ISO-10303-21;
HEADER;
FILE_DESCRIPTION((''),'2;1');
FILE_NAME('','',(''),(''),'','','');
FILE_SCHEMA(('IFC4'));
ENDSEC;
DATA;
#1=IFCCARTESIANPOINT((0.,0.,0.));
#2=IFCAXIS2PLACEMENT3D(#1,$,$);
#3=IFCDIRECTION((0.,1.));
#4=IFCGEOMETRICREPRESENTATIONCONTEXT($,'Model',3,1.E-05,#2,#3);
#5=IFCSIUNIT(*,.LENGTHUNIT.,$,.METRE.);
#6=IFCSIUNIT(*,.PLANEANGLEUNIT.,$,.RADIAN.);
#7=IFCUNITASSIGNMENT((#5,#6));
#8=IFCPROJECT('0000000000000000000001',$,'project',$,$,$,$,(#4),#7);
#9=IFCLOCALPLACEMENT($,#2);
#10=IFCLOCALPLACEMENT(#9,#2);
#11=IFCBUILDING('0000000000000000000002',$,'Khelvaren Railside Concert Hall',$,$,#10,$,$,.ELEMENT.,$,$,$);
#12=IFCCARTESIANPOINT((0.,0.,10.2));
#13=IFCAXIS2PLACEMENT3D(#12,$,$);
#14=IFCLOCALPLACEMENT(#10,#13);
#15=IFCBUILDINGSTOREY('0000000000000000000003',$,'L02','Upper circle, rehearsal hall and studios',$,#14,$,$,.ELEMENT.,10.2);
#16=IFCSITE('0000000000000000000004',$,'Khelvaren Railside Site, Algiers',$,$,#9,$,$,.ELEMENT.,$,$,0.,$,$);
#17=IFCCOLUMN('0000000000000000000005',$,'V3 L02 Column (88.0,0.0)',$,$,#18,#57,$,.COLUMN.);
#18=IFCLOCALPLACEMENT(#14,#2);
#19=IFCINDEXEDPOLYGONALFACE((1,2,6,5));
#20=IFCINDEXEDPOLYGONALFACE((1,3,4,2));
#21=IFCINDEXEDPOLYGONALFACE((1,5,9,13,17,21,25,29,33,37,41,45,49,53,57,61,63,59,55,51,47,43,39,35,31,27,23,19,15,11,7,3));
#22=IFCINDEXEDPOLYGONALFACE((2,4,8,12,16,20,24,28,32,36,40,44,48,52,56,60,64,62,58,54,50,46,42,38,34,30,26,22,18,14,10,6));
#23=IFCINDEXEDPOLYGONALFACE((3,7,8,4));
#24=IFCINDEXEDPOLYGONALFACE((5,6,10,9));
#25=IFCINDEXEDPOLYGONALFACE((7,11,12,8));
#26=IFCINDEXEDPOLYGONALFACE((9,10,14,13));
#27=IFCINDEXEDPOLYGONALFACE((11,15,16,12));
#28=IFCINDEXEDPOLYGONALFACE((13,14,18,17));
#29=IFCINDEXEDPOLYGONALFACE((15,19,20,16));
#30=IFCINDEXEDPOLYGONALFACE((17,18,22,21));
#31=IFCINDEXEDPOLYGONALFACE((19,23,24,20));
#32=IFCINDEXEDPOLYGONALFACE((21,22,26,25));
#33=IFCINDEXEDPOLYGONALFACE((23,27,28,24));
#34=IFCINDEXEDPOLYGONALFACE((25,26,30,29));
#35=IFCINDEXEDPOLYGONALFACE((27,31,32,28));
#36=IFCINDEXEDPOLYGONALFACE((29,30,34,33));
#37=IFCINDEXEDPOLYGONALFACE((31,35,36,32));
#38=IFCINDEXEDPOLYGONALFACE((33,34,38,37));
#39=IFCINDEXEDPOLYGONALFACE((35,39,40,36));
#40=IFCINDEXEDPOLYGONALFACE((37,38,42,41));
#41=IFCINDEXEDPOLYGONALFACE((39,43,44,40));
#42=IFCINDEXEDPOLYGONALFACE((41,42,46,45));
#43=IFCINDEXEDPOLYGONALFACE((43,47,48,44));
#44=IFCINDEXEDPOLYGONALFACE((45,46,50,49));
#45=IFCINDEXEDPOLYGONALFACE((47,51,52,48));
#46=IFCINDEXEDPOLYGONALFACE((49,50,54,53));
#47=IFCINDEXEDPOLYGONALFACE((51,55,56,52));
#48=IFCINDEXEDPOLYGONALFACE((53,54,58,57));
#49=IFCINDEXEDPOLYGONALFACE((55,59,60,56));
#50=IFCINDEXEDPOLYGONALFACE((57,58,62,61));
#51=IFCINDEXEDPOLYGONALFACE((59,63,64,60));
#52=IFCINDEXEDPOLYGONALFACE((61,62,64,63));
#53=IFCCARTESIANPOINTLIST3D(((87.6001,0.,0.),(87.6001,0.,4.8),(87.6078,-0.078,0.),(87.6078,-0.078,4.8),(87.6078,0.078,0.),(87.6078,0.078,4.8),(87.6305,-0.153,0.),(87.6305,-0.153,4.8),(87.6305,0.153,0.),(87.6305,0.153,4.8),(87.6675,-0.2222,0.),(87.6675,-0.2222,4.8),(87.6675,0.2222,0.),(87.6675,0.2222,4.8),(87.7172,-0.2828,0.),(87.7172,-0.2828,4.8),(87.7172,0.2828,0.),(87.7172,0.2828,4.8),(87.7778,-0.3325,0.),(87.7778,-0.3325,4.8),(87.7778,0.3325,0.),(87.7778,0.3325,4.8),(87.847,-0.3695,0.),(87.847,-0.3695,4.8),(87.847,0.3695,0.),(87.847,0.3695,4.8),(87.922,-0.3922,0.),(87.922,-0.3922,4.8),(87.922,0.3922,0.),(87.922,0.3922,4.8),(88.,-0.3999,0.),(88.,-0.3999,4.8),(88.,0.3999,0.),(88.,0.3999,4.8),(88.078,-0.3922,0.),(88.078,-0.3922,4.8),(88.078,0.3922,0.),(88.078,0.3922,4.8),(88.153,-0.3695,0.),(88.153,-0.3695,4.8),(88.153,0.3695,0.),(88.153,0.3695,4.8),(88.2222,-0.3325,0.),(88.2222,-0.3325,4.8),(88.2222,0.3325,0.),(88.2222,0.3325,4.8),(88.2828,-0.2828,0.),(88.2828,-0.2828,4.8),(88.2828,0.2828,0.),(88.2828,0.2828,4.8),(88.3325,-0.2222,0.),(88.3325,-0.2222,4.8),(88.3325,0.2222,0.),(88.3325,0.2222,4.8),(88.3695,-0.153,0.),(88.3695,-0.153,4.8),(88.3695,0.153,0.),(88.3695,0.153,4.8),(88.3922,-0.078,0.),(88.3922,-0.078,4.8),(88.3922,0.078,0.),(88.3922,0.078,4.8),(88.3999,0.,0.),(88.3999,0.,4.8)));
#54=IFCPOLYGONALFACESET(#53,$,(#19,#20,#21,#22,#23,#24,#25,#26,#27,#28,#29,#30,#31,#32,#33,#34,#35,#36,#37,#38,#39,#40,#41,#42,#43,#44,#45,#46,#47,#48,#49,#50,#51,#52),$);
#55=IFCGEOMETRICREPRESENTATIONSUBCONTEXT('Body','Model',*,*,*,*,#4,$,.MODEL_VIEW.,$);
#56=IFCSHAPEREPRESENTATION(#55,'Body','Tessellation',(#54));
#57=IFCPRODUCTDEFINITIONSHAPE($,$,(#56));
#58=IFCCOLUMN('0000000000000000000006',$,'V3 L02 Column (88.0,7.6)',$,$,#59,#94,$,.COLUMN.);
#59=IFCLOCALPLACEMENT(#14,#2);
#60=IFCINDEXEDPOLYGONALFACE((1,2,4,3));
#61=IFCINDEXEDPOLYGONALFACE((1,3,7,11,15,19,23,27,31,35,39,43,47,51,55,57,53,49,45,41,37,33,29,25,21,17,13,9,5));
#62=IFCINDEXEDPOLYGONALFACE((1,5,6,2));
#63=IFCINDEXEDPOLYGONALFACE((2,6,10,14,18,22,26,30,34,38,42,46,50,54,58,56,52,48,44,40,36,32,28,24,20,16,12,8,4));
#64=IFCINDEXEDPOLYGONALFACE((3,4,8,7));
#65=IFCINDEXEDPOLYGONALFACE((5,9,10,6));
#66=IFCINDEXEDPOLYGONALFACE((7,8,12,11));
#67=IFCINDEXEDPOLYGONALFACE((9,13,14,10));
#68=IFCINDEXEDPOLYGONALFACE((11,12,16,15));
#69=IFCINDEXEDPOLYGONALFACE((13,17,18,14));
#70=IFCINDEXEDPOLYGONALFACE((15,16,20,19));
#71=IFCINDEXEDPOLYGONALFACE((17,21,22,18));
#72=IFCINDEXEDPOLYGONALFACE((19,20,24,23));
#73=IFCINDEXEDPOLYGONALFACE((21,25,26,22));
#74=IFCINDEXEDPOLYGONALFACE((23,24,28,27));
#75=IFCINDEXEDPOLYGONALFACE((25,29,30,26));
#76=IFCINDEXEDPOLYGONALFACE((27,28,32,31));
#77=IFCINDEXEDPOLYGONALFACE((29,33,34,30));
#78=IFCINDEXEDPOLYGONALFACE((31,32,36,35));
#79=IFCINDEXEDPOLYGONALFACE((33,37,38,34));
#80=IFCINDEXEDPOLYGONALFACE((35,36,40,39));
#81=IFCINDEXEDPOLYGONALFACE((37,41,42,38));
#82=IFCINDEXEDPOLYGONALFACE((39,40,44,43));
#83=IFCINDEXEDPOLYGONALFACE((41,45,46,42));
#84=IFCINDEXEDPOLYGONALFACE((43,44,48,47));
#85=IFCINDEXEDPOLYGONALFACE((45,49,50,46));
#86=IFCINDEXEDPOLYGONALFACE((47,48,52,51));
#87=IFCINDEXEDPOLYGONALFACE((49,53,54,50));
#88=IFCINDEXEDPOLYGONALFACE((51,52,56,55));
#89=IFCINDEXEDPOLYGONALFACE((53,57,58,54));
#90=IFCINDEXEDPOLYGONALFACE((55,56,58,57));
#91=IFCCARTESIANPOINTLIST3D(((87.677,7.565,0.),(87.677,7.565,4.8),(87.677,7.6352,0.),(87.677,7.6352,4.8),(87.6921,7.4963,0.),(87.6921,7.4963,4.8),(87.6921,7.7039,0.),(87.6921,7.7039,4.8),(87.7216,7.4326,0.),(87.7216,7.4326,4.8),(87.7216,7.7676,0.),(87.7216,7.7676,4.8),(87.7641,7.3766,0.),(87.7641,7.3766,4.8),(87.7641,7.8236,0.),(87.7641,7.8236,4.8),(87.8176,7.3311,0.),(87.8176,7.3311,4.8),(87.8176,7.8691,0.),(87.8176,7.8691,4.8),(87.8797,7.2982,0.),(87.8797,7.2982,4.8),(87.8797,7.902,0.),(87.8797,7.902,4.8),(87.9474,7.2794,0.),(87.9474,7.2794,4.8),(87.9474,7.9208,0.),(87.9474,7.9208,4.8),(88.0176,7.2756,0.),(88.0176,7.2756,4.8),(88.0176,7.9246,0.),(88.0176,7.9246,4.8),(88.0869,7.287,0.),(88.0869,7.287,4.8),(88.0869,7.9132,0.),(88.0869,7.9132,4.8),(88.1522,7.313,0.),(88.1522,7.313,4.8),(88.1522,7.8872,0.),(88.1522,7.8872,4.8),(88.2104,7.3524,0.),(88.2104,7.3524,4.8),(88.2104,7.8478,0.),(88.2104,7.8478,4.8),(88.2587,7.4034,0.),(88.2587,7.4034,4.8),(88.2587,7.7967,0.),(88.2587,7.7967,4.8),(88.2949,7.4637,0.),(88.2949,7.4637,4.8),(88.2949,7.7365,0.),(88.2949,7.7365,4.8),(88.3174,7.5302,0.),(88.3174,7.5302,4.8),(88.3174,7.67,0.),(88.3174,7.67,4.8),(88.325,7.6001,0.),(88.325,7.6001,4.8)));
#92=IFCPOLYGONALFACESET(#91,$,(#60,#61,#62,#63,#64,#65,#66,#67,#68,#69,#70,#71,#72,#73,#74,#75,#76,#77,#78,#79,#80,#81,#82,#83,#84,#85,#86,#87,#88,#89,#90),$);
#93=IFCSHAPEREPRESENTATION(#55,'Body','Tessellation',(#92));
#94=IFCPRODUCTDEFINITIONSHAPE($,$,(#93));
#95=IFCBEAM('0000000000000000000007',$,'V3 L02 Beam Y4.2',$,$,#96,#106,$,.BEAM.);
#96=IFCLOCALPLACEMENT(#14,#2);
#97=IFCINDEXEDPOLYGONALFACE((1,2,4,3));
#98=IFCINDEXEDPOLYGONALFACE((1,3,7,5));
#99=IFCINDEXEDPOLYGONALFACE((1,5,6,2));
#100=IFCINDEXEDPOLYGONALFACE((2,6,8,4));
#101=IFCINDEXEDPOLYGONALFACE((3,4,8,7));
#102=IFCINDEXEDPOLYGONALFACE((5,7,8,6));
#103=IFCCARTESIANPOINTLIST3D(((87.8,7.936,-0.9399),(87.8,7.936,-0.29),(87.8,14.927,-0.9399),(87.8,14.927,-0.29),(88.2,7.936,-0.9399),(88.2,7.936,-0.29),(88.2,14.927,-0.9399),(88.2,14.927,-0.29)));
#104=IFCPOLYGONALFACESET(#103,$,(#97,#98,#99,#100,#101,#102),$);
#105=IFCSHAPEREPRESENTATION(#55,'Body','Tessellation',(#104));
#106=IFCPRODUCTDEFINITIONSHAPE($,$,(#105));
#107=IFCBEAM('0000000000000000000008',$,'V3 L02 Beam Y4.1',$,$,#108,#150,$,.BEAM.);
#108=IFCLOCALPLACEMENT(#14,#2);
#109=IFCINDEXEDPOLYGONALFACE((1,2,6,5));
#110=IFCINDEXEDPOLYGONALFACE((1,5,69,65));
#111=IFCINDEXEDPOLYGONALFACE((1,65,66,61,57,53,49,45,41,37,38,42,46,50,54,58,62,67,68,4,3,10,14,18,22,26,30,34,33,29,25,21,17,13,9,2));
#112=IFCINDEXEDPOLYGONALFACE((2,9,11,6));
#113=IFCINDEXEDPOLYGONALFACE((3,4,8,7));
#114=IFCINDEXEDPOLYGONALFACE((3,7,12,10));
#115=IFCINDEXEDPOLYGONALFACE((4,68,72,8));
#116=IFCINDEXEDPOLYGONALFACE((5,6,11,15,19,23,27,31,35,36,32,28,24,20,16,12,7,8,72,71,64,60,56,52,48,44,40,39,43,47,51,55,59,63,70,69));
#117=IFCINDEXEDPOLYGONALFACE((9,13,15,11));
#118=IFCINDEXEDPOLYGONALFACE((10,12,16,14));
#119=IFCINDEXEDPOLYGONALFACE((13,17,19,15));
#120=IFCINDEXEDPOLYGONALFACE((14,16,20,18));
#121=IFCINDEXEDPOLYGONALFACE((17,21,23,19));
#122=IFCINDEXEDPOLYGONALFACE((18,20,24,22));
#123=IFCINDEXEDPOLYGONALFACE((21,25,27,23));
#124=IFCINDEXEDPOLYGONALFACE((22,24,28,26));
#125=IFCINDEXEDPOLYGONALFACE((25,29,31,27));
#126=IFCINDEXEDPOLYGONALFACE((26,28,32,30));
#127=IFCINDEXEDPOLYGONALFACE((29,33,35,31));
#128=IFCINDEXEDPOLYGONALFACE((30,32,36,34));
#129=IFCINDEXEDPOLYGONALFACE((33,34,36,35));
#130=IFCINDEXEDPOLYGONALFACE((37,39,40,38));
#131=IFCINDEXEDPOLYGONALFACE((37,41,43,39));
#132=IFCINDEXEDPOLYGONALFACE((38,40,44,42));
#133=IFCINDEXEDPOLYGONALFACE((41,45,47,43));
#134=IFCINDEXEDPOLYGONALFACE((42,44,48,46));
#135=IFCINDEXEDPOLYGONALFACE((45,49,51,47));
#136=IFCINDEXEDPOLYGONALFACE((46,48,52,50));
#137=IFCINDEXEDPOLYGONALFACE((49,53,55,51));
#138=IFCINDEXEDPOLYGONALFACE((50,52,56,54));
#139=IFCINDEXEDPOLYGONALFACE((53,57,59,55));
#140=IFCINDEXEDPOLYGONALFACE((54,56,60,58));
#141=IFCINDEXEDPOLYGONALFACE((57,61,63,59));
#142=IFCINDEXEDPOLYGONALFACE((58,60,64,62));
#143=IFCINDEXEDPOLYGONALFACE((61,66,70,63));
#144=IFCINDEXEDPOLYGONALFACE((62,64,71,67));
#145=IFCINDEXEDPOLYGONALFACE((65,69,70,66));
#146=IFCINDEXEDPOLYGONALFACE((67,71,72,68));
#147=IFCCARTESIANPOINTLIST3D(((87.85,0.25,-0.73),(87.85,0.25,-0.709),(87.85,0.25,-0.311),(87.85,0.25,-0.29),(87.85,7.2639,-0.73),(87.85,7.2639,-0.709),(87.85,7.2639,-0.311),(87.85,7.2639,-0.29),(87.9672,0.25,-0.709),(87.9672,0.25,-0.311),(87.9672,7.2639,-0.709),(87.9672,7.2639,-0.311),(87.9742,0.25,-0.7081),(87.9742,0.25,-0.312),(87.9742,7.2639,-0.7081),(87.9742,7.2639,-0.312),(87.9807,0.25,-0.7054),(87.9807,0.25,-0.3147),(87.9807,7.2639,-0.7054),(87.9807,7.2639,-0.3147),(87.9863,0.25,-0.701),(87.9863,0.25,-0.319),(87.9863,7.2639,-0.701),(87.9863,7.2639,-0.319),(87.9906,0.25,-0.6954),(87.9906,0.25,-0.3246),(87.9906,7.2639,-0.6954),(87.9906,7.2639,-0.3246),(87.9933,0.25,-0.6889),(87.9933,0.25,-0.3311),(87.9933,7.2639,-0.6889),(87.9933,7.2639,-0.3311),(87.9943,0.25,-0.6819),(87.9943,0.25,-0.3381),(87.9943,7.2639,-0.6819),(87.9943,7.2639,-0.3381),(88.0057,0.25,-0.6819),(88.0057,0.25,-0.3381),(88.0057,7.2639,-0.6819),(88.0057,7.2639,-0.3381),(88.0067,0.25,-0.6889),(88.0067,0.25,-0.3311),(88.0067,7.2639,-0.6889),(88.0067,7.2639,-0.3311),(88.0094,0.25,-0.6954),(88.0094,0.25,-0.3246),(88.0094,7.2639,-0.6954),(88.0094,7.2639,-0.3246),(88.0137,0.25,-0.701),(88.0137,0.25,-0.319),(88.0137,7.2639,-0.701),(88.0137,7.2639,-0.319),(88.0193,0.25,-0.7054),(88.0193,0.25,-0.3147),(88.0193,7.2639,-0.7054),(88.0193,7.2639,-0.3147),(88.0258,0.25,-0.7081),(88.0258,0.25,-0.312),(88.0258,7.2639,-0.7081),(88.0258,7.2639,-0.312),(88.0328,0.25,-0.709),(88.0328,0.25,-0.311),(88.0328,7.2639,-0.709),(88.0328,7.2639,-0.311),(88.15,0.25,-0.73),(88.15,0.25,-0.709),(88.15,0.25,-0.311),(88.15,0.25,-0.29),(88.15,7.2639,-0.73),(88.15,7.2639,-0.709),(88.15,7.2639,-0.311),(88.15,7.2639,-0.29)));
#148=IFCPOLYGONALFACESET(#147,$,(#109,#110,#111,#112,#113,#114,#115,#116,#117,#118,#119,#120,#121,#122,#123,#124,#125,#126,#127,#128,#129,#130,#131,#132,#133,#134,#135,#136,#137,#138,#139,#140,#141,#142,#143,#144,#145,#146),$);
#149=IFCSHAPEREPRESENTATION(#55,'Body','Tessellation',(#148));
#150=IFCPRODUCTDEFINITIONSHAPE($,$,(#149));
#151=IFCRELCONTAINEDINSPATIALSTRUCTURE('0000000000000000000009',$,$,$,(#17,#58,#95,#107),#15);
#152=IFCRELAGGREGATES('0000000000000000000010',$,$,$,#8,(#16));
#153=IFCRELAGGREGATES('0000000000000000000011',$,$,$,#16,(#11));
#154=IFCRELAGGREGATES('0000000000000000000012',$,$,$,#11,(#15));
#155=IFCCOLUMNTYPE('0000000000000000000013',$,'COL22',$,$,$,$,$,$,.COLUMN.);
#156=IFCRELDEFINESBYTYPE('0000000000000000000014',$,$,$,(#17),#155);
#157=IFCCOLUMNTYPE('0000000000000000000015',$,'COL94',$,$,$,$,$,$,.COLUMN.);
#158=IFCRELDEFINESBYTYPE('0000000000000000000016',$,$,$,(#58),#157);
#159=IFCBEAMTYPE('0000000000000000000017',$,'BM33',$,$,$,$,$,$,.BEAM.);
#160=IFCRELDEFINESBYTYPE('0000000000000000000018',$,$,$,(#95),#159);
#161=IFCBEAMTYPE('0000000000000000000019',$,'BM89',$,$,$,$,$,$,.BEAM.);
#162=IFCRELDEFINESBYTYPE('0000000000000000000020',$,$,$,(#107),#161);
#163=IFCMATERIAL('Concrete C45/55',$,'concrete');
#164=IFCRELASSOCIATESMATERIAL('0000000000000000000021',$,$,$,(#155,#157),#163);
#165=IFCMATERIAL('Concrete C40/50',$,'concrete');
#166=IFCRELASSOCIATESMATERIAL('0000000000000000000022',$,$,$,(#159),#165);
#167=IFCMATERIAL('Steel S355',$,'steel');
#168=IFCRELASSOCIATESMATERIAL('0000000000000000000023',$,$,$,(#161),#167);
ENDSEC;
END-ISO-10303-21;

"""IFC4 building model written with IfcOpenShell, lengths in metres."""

from ifc_helpers import new_model, si_unit, direction, frame, origin, origin_2d, place, context, subcontext, project, spatial, rectangle, circle, i_section, extrude, material, material_profile, profile_set, type_object, element, save


model = new_model("IFC4")

# Units and contexts
model_context = context("Model", 3, precision=1e-05, world=origin(), true_north=direction((0.0, 1.0)))
body_context = subcontext(model_context, "Body", "Model", "MODEL_VIEW")
ifc_project = project(units=[si_unit("LENGTHUNIT", "METRE"), si_unit("PLANEANGLEUNIT", "RADIAN")], contexts=[model_context])

# Site, building, storey
site_placement = place(None, origin())
site = spatial("IfcSite", under=ifc_project, at=site_placement, Name="Khelvaren Railside Site, Algiers", CompositionType="ELEMENT", RefElevation=0.0)
building_placement = place(site_placement, origin())
building = spatial("IfcBuilding", under=site, at=building_placement, Name="Khelvaren Railside Concert Hall", CompositionType="ELEMENT")
storey_placement = place(building_placement, frame((0.0, 0.0, 10.2)))
storey = spatial("IfcBuildingStorey", under=building, at=storey_placement, Name="L02", Description="Upper circle, rehearsal hall and studios", CompositionType="ELEMENT", Elevation=10.2)

# Columns
ifc_material_1 = material(Name="Concrete C45/55", Category="concrete")
ifc_material_profile_1 = material_profile(ifc_material_1, circle(Radius=0.3999, at=origin_2d()), Name="RC D800")
ifc_profile_set_1 = profile_set([ifc_material_profile_1], Name="Concrete C45/55")
column_type_1 = type_object("IfcColumnType", Name="COL22", PredefinedType="COLUMN", material=ifc_profile_set_1)
column_1_placement = place(storey_placement, frame((88.0, 0.0, 0.0), z_axis=(0.0, 0.0, 1.0), x_axis=(1.0, 0.0, 0.0)))
element("IfcColumn", 1, at=column_1_placement, inside=storey, type_object=column_type_1, Name="V3 L02 Column (88.0,0.0)", PredefinedType="COLUMN", context=body_context, shape_type="SweptSolid", body=[
    extrude(circle(Radius=0.3999, at=origin_2d()), origin(), (0.0, 0.0, 1.0), 4.8),
])
ifc_material_profile_2 = material_profile(ifc_material_1, circle(Radius=0.325, at=origin_2d()), Name="RC D650")
ifc_profile_set_2 = profile_set([ifc_material_profile_2], Name="Concrete C45/55")
column_type_2 = type_object("IfcColumnType", Name="COL94", PredefinedType="COLUMN", material=ifc_profile_set_2)
column_2_placement = place(storey_placement, frame((88.0, 7.6001, 0.0), z_axis=(0.0, 0.0, 1.0), x_axis=(1.0, 0.0, 0.0)))
element("IfcColumn", 2, at=column_2_placement, inside=storey, type_object=column_type_2, Name="V3 L02 Column (88.0,7.6)", PredefinedType="COLUMN", context=body_context, shape_type="SweptSolid", body=[
    extrude(circle(Radius=0.325, at=origin_2d()), origin(), (0.0, 0.0, 1.0), 4.8),
])

# Beams
ifc_material_2 = material(Name="Concrete C40/50", Category="concrete")
ifc_material_profile_3 = material_profile(ifc_material_2, rectangle(XDim=0.3999, YDim=0.6499, at=origin_2d()), Name="RCB 400x650")
ifc_profile_set_3 = profile_set([ifc_material_profile_3], Name="Concrete C40/50")
beam_type_1 = type_object("IfcBeamType", Name="BM33", PredefinedType="BEAM", material=ifc_profile_set_3)
beam_1_placement = place(storey_placement, frame((88.0, 7.936, -0.615), z_axis=(0.0, 1.0, 0.0), x_axis=(-1.0, 0.0, 0.0)))
element("IfcBeam", 3, at=beam_1_placement, inside=storey, type_object=beam_type_1, Name="V3 L02 Beam Y4.2", PredefinedType="BEAM", context=body_context, shape_type="SweptSolid", body=[
    extrude(rectangle(XDim=0.3999, YDim=0.6499, at=origin_2d()), origin(), (0.0, 0.0, 1.0), 6.991),
])
ifc_material_3 = material(Name="Steel S355", Category="steel")
ifc_material_profile_4 = material_profile(ifc_material_3, i_section(OverallWidth=0.3, OverallDepth=0.4399, WebThickness=0.0115, FlangeThickness=0.021, FilletRadius=0.0271, at=origin_2d()), Name="HEA 450")
ifc_profile_set_4 = profile_set([ifc_material_profile_4], Name="Steel S355")
beam_type_2 = type_object("IfcBeamType", Name="BM89", PredefinedType="BEAM", material=ifc_profile_set_4)
beam_2_placement = place(storey_placement, frame((88.0, 0.25, -0.51), z_axis=(0.0, 1.0, 0.0), x_axis=(-1.0, 0.0, 0.0)))
element("IfcBeam", 4, at=beam_2_placement, inside=storey, type_object=beam_type_2, Name="V3 L02 Beam Y4.1", PredefinedType="BEAM", context=body_context, shape_type="SweptSolid", body=[
    extrude(i_section(OverallWidth=0.3, OverallDepth=0.4399, WebThickness=0.0115, FlangeThickness=0.021, FilletRadius=0.0271, at=origin_2d()), origin(), (0.0, 0.0, 1.0), 7.0139),
])

save(model, "model.ifc")
